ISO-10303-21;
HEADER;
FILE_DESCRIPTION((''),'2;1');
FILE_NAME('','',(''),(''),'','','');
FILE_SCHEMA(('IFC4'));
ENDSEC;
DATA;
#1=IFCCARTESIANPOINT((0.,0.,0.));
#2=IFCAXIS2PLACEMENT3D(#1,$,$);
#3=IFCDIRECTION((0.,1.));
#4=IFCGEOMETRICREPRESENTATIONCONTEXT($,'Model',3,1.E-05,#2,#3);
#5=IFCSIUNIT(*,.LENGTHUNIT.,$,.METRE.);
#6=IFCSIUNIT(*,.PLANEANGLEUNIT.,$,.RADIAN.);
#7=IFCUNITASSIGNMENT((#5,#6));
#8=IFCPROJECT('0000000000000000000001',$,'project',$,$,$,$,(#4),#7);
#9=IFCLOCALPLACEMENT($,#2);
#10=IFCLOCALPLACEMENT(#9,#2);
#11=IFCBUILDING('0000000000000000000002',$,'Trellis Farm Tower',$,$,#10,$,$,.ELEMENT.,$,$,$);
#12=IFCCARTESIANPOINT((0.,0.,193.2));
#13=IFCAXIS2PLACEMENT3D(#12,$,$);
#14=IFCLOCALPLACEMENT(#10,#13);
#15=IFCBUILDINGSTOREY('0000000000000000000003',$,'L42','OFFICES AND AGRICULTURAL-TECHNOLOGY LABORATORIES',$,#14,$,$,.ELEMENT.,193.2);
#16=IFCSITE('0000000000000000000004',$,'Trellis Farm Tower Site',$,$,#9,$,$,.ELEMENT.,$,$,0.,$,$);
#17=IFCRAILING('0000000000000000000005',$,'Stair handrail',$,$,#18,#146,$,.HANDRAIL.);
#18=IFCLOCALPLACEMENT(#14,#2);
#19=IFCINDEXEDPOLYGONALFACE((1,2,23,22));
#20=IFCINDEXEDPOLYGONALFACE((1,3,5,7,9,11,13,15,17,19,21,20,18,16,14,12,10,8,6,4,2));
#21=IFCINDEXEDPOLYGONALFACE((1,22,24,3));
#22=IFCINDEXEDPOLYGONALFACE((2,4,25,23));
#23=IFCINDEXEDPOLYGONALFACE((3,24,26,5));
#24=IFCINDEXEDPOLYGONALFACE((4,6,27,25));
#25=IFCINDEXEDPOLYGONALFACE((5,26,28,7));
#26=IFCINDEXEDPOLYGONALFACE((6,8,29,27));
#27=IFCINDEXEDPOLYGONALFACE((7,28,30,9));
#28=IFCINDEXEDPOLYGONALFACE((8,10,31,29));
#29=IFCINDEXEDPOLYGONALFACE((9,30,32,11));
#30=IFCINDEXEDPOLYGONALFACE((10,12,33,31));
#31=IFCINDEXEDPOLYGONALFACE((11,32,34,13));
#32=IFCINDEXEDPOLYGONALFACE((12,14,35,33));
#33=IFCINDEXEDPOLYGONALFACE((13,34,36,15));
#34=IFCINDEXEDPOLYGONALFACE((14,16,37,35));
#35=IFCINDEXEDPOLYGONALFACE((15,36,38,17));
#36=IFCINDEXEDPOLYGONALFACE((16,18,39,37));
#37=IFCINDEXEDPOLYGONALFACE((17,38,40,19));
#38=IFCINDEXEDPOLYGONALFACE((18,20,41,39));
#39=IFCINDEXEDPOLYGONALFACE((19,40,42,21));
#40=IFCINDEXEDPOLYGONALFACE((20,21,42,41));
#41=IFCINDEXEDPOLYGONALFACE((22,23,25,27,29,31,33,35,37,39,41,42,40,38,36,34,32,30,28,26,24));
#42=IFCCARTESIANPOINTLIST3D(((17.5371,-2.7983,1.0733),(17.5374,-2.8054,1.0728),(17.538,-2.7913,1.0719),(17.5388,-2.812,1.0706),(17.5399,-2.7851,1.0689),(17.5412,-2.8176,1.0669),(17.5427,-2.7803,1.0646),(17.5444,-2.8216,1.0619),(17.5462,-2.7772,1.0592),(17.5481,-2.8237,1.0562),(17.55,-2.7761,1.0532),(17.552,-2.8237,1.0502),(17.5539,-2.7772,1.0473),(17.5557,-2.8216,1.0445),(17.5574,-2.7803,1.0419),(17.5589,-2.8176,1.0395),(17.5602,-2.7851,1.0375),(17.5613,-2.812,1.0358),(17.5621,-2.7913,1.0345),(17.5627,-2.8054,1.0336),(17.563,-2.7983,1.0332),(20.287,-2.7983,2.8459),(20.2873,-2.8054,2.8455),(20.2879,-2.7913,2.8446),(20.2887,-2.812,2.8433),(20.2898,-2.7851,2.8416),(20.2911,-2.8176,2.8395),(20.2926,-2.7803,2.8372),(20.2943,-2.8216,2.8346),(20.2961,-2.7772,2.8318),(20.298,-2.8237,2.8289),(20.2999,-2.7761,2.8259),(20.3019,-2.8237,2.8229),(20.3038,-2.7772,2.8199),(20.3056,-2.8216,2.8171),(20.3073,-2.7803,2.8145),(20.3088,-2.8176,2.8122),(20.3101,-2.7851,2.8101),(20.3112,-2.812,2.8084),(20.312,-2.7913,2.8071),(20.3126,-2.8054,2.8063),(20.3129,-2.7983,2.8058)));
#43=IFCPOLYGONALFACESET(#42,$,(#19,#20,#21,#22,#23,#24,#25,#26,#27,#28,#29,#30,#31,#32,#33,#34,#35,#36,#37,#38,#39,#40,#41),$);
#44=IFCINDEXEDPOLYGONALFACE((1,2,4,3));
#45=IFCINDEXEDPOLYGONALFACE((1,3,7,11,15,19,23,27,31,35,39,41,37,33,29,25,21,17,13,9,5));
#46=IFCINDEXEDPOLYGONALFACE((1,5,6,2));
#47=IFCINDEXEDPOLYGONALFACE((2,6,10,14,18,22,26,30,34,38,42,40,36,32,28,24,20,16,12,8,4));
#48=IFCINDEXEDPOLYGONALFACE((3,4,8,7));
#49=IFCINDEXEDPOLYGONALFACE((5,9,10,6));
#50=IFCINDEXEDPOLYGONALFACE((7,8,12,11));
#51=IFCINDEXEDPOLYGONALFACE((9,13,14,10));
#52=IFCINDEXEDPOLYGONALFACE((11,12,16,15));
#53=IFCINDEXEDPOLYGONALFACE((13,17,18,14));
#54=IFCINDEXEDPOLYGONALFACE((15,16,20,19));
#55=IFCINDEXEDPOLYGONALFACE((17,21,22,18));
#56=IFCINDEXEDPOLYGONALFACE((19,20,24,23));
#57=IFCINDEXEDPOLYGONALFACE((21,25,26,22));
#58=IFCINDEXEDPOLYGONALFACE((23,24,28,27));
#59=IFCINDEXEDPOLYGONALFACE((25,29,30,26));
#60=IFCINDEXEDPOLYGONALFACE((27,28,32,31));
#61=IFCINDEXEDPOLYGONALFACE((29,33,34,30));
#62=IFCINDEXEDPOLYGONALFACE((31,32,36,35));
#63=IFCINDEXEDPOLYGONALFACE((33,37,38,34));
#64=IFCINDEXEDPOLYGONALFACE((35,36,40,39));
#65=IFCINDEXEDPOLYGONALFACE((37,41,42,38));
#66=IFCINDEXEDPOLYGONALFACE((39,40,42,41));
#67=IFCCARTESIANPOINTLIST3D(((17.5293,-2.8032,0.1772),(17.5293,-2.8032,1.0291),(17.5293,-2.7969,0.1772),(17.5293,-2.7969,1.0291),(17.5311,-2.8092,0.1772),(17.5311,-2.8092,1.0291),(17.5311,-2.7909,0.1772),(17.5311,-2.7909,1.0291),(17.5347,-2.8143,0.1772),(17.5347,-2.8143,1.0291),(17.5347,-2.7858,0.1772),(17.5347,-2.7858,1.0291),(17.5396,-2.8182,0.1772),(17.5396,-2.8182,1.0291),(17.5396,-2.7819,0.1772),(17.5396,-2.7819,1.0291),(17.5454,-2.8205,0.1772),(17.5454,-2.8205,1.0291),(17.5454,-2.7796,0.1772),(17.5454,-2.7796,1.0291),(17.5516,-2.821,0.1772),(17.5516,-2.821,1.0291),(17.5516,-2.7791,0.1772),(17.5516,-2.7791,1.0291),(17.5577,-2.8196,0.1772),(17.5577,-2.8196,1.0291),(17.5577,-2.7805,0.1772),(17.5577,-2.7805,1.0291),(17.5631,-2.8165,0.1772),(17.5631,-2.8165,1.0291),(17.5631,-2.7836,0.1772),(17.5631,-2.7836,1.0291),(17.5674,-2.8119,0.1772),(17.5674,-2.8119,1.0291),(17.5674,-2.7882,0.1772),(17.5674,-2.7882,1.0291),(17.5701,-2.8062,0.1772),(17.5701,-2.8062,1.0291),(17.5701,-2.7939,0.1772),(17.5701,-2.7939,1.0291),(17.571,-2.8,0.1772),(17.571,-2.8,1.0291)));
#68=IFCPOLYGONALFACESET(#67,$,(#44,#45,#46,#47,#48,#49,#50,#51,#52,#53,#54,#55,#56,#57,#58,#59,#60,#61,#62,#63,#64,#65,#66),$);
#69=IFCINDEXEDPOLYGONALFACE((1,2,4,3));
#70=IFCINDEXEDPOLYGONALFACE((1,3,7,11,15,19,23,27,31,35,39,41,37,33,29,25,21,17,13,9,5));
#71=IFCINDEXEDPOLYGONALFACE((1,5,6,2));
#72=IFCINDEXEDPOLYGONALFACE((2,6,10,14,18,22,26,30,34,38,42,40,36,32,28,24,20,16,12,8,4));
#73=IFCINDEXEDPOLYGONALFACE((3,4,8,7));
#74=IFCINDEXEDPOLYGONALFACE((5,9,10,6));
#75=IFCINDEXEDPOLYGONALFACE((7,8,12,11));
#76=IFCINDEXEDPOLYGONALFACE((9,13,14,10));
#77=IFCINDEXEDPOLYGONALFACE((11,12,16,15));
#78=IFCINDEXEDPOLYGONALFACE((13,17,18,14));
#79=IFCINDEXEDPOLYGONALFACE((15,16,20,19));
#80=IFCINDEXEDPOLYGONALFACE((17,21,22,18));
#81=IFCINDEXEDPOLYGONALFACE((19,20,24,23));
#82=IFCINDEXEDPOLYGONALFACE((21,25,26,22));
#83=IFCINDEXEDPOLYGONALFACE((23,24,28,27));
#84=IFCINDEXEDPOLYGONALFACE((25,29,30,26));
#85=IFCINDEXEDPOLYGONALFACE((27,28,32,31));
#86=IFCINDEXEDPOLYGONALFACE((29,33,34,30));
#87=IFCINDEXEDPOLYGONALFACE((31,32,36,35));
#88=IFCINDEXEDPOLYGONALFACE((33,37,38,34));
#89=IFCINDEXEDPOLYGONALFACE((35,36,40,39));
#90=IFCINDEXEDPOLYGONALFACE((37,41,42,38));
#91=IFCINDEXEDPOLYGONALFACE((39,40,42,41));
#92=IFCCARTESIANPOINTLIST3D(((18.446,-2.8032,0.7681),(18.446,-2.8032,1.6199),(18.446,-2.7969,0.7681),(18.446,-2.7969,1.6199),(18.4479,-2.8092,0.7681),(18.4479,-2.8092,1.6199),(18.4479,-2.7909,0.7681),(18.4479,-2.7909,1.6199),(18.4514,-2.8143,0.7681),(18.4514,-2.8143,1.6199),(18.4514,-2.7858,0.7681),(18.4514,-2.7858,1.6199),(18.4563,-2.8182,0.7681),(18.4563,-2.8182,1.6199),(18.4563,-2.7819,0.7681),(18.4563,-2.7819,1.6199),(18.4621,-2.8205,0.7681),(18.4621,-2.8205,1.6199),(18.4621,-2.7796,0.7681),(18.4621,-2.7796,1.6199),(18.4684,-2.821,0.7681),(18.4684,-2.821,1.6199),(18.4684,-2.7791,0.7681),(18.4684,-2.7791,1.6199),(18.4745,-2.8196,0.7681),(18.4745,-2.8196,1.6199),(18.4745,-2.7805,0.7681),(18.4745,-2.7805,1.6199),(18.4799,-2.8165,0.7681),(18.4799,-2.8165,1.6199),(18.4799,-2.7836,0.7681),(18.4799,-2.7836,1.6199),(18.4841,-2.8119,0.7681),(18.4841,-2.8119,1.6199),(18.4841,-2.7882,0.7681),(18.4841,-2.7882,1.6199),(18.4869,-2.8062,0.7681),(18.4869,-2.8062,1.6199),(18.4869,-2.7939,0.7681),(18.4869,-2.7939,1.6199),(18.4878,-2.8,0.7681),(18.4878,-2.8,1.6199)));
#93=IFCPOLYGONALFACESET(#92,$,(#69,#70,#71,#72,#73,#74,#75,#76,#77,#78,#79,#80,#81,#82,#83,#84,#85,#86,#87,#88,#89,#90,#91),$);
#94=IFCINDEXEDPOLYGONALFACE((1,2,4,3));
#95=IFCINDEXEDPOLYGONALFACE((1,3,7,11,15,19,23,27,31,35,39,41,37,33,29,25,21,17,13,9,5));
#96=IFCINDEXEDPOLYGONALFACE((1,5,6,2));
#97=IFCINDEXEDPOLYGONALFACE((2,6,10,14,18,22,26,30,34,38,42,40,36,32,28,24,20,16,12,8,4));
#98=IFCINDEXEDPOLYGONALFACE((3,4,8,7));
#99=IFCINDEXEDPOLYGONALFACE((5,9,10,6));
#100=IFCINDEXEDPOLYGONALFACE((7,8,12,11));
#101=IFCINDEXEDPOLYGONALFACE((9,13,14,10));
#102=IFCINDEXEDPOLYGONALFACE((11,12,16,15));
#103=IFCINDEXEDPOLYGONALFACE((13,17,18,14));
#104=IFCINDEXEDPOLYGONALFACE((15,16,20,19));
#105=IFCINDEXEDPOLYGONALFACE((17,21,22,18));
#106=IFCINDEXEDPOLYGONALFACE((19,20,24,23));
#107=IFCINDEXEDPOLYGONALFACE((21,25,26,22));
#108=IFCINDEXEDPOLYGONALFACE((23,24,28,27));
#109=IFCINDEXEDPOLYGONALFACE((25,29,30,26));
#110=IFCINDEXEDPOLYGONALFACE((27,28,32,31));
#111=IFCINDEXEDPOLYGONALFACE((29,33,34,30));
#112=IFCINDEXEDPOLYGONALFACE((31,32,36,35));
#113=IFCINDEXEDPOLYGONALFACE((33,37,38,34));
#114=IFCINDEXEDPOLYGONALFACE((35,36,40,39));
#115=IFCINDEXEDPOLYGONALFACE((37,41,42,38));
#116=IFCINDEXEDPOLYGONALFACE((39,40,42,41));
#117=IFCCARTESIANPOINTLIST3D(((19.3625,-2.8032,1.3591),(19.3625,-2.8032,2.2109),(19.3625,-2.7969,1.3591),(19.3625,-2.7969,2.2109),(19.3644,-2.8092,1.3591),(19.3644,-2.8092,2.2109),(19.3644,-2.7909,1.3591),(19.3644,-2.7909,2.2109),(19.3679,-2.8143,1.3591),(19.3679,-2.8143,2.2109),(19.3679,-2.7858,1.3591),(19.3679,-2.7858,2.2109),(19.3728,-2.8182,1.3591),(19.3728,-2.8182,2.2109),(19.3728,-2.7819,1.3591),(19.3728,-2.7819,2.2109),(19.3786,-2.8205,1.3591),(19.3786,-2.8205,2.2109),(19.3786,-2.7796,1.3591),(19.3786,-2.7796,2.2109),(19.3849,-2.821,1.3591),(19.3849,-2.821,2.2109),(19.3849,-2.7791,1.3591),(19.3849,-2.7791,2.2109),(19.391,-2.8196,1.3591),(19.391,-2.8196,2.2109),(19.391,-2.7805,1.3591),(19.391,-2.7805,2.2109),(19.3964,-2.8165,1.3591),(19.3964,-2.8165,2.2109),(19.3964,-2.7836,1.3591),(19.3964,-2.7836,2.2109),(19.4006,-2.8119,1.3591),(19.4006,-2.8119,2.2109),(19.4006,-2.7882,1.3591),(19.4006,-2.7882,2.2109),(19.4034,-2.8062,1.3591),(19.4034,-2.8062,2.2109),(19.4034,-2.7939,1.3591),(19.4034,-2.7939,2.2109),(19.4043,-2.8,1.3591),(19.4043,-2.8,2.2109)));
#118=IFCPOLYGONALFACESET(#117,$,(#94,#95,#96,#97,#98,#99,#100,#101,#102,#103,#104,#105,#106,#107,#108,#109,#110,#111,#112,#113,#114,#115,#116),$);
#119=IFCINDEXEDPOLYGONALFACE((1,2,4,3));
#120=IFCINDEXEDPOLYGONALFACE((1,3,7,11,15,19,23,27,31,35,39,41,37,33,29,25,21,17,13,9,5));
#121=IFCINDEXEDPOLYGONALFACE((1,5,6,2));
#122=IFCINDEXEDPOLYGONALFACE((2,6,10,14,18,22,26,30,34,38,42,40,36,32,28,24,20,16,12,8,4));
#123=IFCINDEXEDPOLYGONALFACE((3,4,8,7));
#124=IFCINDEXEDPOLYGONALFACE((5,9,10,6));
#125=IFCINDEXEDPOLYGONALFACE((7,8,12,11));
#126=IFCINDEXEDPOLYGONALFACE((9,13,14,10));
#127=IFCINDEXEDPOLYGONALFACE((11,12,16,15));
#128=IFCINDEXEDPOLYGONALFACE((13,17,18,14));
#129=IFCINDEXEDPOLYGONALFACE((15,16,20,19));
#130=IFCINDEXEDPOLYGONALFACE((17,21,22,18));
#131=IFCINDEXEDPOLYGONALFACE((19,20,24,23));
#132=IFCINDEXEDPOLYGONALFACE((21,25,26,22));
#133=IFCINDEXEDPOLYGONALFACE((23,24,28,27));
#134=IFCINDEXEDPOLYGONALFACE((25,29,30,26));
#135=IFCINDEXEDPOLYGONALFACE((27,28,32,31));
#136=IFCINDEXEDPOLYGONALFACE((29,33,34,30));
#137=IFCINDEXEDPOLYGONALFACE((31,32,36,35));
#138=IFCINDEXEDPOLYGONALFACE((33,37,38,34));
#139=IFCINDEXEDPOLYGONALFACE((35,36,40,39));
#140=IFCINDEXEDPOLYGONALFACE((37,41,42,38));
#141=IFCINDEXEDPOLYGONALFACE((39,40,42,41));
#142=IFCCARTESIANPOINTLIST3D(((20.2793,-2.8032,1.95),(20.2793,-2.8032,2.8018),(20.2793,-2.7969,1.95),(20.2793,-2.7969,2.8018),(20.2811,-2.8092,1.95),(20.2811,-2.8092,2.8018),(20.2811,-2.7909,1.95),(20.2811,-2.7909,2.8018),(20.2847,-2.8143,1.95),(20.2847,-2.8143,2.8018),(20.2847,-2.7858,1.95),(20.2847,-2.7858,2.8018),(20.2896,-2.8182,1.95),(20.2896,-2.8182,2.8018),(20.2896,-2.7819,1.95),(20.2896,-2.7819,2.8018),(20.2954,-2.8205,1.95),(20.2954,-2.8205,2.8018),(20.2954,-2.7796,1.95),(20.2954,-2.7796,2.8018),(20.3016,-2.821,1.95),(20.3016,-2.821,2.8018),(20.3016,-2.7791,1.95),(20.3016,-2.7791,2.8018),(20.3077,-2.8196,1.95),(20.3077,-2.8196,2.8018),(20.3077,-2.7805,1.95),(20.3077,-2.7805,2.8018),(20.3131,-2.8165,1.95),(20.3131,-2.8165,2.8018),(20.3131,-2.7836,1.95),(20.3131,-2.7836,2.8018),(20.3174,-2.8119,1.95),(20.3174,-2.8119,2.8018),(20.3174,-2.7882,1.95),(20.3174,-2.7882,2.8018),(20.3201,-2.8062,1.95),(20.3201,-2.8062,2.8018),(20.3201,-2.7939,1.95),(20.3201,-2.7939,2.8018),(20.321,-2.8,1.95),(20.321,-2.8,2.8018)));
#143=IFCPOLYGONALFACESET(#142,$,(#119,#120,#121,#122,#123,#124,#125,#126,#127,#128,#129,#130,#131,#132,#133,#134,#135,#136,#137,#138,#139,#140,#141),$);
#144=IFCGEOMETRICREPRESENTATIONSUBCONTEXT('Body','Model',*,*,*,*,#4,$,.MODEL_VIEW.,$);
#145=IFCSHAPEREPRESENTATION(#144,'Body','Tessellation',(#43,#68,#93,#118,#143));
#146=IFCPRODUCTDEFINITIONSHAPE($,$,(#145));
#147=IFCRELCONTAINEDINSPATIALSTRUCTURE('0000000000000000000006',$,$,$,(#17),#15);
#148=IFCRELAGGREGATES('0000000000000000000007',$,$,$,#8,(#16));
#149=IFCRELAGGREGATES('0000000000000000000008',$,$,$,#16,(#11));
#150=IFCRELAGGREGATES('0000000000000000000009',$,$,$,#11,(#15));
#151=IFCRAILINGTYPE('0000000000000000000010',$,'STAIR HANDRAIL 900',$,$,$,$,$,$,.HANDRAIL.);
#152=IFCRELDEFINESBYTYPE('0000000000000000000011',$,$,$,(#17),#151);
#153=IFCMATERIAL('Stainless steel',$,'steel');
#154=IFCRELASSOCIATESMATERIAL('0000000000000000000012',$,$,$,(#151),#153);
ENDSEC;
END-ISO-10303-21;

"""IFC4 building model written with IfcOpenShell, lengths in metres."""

from ifc_helpers import new_model, si_unit, direction, frame, origin, origin_2d, place, context, subcontext, project, spatial, circle, extrude, source, transform, mapped, material, type_object, element, save


model = new_model("IFC4")

# Units and contexts
model_context = context("Model", 3, precision=1e-05, world=origin(), true_north=direction((0.0, 1.0)))
body_context = subcontext(model_context, "Body", "Model", "MODEL_VIEW")
ifc_project = project(units=[si_unit("LENGTHUNIT", "METRE"), si_unit("PLANEANGLEUNIT", "RADIAN")], contexts=[model_context])

# Site, building, storey
site_placement = place(None, origin())
site = spatial("IfcSite", under=ifc_project, at=site_placement, Name="Trellis Farm Tower Site", CompositionType="ELEMENT", RefElevation=0.0)
building_placement = place(site_placement, origin())
building = spatial("IfcBuilding", under=site, at=building_placement, Name="Trellis Farm Tower", CompositionType="ELEMENT")
storey_placement = place(building_placement, frame((0.0, 0.0, 193.2)))
storey = spatial("IfcBuildingStorey", under=building, at=storey_placement, Name="L42", Description="OFFICES AND AGRICULTURAL-TECHNOLOGY LABORATORIES", CompositionType="ELEMENT", Elevation=193.2)

# Railing
ifc_material_1 = material(Name="Stainless steel", Category="steel")
railing_type = type_object("IfcRailingType", Name="STAIR HANDRAIL 900", PredefinedType="HANDRAIL", material=ifc_material_1)
shared_shape_1 = source(origin(), body_context, "Body", "SweptSolid", [
    extrude(circle(Radius=0.0239, at=origin_2d()), frame((0.0, 0.0, 0.876), z_axis=(0.840504, 0.0, 0.541806), x_axis=(0.0, 1.0, 0.0)), (0.0, 0.0, 1.0), 3.2717),
    extrude(circle(Radius=0.021, at=origin_2d()), origin(), (0.0, 0.0, 1.0), 0.8518),
    extrude(circle(Radius=0.021, at=origin_2d()), frame((0.9167, 0.0, 0.5908)), (0.0, 0.0, 1.0), 0.8518),
    extrude(circle(Radius=0.021, at=origin_2d()), frame((1.8333, 0.0, 1.1819)), (0.0, 0.0, 1.0), 0.8518),
    extrude(circle(Radius=0.021, at=origin_2d()), frame((2.75, 0.0, 1.7727)), (0.0, 0.0, 1.0), 0.8518),
])
for number, where, name in (
    (1, (17.55, -2.8, 0.1772), "Stair handrail"),
):
    element("IfcRailing", number, at=place(storey_placement, frame(where)), inside=storey, type_object=railing_type, Name=name, PredefinedType="HANDRAIL", context=body_context, shape_type="MappedRepresentation", body=[
        mapped(shared_shape_1, transform((0.0, 0.0, 0.0))),
    ])

save(model, "model.ifc")
